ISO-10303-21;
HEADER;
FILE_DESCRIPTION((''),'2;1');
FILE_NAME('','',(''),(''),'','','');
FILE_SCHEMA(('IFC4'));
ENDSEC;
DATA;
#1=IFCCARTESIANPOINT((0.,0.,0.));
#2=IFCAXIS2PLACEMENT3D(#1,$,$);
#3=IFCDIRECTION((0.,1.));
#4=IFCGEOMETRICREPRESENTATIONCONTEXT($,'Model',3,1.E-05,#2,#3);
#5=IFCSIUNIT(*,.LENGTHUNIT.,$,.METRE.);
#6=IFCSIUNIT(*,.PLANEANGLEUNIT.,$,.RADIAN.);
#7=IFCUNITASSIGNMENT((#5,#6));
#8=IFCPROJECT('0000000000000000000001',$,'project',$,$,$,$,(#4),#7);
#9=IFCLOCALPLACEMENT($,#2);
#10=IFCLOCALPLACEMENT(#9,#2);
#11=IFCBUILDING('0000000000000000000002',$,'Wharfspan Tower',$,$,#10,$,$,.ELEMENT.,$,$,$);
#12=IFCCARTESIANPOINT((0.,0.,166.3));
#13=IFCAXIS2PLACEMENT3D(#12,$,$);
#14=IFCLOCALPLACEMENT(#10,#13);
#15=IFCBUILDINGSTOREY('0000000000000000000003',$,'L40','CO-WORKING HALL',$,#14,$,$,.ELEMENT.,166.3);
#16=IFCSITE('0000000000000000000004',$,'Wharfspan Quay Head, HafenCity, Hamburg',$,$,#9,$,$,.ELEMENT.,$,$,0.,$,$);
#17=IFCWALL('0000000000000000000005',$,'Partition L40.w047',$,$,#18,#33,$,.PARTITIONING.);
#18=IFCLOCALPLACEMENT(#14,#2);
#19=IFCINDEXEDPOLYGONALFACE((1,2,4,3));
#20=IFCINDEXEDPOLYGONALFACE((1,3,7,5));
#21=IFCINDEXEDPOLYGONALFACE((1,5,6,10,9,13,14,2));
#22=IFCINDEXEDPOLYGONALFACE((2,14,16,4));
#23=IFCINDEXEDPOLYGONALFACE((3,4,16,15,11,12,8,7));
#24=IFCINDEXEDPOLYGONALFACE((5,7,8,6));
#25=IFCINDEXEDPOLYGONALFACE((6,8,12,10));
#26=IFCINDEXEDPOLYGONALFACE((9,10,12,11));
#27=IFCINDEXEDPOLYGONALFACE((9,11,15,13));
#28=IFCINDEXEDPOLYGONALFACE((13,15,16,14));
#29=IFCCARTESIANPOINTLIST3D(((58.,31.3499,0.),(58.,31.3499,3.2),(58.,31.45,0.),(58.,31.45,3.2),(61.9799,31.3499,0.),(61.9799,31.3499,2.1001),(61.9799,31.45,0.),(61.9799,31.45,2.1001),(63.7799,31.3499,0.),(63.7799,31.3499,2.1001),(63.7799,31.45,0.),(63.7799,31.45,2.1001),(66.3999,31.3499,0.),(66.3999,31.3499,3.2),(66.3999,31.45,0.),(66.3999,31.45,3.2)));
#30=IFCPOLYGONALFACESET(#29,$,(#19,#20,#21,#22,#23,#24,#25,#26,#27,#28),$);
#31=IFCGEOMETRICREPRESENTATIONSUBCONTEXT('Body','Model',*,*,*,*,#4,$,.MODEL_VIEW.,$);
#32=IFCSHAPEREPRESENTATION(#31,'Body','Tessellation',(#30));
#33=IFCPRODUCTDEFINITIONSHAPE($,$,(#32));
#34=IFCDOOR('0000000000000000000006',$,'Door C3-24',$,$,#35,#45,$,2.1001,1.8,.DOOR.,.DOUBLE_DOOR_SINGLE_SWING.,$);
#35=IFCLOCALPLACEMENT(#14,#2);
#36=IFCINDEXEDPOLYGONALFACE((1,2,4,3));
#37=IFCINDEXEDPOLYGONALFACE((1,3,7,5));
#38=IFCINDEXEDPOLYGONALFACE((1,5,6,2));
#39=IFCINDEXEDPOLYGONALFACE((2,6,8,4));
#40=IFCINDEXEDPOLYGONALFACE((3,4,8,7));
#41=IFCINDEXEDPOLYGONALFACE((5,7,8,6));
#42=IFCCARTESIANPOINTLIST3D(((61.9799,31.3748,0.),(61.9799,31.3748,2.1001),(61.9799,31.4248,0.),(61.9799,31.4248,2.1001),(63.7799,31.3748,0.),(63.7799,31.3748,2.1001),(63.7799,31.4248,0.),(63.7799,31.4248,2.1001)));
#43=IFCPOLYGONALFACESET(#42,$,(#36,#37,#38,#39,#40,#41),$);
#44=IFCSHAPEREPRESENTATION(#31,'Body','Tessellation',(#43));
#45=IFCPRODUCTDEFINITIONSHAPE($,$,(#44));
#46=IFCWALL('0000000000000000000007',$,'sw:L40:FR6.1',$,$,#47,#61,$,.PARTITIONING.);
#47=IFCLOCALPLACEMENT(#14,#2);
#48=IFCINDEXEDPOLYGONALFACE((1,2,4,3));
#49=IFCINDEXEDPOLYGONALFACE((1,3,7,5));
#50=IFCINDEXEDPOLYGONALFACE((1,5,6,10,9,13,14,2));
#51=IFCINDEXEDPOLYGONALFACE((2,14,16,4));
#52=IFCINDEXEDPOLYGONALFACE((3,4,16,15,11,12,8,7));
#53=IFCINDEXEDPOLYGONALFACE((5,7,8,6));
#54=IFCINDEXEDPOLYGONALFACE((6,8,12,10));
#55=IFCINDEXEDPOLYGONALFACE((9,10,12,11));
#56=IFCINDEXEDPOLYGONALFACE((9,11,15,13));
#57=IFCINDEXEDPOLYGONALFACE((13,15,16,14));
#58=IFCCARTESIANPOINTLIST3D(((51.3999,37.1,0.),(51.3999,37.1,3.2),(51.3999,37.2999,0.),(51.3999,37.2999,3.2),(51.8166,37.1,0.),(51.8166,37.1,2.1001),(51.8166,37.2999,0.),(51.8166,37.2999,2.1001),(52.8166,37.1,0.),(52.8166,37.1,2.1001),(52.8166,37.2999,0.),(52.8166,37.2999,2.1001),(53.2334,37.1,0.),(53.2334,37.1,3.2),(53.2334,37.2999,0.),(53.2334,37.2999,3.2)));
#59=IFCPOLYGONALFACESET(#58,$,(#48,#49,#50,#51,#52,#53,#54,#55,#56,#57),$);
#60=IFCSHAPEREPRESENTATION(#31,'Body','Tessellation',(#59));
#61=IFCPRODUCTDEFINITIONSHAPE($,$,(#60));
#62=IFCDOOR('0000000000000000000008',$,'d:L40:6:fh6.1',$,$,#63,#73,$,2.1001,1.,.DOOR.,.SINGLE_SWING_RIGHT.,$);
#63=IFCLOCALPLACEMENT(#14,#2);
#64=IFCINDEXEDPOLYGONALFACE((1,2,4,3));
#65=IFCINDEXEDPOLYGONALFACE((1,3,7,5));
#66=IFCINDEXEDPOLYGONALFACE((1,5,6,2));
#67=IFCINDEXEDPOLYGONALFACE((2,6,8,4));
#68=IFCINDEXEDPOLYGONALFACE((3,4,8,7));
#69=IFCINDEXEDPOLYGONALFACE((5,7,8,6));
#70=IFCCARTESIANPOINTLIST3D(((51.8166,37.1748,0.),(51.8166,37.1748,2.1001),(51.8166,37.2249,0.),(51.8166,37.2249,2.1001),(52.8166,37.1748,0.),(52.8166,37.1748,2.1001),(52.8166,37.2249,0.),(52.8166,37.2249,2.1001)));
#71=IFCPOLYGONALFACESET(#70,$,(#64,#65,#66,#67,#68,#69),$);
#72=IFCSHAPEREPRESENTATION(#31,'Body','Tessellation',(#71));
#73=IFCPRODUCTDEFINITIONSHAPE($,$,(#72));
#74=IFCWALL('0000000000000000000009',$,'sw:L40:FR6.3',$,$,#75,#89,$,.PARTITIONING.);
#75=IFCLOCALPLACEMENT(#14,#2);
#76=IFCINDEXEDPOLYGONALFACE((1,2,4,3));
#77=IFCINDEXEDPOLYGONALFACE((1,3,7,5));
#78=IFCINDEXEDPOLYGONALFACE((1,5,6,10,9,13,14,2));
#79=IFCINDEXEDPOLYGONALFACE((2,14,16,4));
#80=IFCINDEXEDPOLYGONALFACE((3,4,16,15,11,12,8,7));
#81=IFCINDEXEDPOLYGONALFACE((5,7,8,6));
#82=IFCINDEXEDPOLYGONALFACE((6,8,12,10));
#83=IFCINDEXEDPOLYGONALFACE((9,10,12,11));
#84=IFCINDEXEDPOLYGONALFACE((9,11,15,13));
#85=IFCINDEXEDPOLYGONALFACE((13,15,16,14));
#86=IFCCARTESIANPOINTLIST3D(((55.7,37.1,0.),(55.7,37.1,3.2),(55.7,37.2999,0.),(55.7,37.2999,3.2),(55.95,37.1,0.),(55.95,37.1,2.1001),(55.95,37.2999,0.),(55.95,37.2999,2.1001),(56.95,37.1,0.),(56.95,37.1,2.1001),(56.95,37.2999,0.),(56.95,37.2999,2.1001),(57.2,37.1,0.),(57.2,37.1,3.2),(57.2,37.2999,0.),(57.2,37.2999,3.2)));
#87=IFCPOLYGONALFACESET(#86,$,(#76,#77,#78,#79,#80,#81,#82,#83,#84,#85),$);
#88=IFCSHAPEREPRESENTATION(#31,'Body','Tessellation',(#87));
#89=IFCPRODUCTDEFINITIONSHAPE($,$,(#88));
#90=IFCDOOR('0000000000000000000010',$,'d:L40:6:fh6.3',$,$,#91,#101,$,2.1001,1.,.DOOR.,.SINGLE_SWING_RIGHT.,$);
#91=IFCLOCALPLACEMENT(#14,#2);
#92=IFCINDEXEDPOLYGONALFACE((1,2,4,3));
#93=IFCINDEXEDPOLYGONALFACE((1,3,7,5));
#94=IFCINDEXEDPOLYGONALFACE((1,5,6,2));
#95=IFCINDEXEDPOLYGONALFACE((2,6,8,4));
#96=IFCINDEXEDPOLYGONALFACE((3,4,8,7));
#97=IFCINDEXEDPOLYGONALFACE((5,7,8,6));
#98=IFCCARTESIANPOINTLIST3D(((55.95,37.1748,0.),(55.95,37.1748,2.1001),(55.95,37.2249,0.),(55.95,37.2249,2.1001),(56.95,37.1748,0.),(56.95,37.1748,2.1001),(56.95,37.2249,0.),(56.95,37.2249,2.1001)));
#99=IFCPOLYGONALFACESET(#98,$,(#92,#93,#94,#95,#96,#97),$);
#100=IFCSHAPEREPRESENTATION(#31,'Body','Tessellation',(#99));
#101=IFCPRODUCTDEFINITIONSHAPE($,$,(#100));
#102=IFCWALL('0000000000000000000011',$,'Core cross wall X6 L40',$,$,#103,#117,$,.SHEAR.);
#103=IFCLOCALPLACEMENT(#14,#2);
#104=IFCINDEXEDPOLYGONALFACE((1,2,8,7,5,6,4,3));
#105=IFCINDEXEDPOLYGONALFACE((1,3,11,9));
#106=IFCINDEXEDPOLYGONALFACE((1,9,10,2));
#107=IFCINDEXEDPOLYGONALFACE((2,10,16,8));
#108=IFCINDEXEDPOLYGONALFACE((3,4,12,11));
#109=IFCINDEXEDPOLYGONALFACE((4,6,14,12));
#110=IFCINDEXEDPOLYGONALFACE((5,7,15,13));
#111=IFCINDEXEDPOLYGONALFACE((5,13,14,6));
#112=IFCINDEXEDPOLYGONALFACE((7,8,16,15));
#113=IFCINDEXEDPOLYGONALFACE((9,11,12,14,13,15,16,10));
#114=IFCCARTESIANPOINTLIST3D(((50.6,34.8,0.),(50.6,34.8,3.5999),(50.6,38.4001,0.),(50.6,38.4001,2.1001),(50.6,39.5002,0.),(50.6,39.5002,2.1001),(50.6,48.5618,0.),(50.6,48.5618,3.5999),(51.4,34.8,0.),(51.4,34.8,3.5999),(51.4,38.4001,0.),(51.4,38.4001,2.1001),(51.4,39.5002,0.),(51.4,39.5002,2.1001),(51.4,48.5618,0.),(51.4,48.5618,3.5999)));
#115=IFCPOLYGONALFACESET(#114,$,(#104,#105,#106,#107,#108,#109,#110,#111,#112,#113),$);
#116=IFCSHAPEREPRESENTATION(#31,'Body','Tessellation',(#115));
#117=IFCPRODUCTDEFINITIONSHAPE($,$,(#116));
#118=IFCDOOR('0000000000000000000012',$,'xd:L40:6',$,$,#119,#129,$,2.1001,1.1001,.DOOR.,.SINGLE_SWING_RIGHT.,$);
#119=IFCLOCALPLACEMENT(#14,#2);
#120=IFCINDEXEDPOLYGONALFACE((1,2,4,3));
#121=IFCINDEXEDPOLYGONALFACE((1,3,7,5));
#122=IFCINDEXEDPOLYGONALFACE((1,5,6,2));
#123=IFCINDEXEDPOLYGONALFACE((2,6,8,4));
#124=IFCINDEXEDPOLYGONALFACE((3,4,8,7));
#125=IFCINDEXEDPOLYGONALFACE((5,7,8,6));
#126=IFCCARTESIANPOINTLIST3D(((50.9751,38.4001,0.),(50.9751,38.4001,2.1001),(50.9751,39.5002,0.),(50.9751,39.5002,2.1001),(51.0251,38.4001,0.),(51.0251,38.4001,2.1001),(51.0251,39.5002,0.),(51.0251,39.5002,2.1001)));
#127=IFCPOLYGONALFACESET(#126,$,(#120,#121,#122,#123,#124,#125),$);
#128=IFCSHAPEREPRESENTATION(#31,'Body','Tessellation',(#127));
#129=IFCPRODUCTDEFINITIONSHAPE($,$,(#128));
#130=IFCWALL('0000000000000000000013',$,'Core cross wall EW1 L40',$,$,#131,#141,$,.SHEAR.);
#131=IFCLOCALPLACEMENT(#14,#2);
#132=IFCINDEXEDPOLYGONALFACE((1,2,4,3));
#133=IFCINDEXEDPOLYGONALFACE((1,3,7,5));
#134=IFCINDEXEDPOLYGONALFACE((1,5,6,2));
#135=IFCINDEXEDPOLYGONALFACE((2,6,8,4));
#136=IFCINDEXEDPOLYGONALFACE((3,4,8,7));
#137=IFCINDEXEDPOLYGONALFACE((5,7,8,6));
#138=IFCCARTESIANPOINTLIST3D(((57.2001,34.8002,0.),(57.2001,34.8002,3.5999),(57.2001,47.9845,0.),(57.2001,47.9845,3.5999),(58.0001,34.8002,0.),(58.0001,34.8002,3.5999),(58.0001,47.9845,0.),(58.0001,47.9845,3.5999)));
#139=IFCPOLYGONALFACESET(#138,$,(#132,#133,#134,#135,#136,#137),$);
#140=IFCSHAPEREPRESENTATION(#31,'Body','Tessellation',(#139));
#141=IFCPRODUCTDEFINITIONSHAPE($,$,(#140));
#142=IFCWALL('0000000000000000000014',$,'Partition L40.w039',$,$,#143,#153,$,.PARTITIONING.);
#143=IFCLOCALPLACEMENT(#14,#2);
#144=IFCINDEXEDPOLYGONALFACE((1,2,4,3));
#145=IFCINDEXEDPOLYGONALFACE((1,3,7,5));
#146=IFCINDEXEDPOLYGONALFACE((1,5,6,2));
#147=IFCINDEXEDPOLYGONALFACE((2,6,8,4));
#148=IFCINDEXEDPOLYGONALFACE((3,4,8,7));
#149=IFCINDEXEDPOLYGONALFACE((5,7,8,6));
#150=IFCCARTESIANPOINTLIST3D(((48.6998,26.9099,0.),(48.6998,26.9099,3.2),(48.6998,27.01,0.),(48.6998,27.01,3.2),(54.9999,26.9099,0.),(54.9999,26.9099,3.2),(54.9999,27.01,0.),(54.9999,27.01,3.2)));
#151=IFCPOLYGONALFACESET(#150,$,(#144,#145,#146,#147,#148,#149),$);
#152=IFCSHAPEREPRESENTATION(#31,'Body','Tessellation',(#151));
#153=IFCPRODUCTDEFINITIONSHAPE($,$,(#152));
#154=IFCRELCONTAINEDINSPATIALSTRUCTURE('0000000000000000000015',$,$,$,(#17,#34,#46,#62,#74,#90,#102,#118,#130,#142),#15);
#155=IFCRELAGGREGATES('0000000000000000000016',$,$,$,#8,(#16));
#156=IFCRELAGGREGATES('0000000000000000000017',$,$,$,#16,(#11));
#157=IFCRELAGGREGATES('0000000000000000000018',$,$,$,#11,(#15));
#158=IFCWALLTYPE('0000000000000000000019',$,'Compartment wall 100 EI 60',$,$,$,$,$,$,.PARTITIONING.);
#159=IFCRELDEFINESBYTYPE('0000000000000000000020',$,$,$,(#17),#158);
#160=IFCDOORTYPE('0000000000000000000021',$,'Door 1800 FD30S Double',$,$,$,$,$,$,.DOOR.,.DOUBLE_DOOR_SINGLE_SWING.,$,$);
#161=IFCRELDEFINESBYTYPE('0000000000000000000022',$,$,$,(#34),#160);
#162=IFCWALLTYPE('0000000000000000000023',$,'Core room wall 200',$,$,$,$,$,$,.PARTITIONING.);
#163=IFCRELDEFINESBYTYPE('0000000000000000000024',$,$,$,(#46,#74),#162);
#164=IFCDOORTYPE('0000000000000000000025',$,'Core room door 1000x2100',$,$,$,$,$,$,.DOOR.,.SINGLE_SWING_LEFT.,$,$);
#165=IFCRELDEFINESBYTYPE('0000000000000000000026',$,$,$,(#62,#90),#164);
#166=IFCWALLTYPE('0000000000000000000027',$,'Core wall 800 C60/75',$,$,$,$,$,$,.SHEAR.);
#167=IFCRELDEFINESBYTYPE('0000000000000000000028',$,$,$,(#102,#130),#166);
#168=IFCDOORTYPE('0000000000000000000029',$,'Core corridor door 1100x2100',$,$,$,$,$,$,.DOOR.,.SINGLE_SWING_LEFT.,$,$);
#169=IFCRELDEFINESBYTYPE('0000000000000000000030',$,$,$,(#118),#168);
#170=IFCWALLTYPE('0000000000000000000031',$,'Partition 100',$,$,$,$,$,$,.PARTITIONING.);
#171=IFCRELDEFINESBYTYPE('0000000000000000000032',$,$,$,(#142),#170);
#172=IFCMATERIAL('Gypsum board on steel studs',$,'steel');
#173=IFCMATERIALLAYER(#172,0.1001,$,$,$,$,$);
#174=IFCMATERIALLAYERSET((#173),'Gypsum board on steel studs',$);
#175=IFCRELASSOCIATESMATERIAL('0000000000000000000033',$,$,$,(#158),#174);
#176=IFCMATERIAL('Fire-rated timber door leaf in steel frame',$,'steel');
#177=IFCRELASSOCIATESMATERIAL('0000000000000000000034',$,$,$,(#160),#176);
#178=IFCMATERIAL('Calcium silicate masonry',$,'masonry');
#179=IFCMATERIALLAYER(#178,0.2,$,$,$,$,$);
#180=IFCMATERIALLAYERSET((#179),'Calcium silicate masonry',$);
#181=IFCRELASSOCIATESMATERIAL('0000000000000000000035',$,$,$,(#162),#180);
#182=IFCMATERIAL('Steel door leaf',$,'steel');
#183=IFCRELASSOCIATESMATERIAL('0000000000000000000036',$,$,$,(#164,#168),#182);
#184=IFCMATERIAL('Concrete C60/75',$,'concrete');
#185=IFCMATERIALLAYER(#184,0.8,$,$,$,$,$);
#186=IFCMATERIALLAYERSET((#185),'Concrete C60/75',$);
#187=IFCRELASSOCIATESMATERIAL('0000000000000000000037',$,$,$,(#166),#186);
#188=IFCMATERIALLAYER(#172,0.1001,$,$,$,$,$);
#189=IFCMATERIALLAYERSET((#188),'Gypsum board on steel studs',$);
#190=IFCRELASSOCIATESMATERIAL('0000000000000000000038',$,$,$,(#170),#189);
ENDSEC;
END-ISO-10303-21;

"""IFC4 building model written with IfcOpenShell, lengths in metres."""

from ifc_helpers import new_model, si_unit, direction, frame, frame_2d, origin, place, context, subcontext, project, spatial, rectangle, extrude, material, layer, layer_set, type_object, element, fill, save


model = new_model("IFC4")

# Units and contexts
model_context = context("Model", 3, precision=1e-05, world=origin(), true_north=direction((0.0, 1.0)))
body_context = subcontext(model_context, "Body", "Model", "MODEL_VIEW")
ifc_project = project(units=[si_unit("LENGTHUNIT", "METRE"), si_unit("PLANEANGLEUNIT", "RADIAN")], contexts=[model_context])

# Site, building, storey
site_placement = place(None, origin())
site = spatial("IfcSite", under=ifc_project, at=site_placement, Name="Wharfspan Quay Head, HafenCity, Hamburg", CompositionType="ELEMENT", RefElevation=0.0)
building_placement = place(site_placement, origin())
building = spatial("IfcBuilding", under=site, at=building_placement, Name="Wharfspan Tower", CompositionType="ELEMENT")
storey_placement = place(building_placement, frame((0.0, 0.0, 166.3)))
storey = spatial("IfcBuildingStorey", under=building, at=storey_placement, Name="L40", Description="CO-WORKING HALL", CompositionType="ELEMENT", Elevation=166.3)

# Shared definitions
ifc_material_1 = material(Name="Gypsum board on steel studs", Category="steel")
ifc_layer_1 = layer(ifc_material_1, 0.1001)
ifc_layer_set_1 = layer_set([ifc_layer_1], Name="Gypsum board on steel studs")
wall_type_1 = type_object("IfcWallType", Name="Compartment wall 100 EI 60", PredefinedType="PARTITIONING", material=ifc_layer_set_1)
ifc_material_2 = material(Name="Fire-rated timber door leaf in steel frame", Category="steel")

# Walls, openings, doors
wall_1_placement = place(storey_placement, frame((58.0, 31.3999, 0.0), z_axis=(0.0, 0.0, 1.0), x_axis=(1.0, 0.0, 0.0)))
wall_1 = element("IfcWall", 1, at=wall_1_placement, inside=storey, type_object=wall_type_1, Name="Partition L40.w047", PredefinedType="PARTITIONING", context=body_context, shape_type="SweptSolid", body=[
    extrude(rectangle(XDim=8.3999, YDim=0.1001, at=frame_2d((4.2, 0.0))), origin(), (0.0, 0.0, 1.0), 3.2),
])
opening_1_placement = place(wall_1_placement, frame((3.98, 0.0, 0.0)))
opening_1 = element("IfcOpeningElement", 2, at=opening_1_placement, cuts=wall_1, PredefinedType="OPENING", context=body_context, shape_type="SweptSolid", body=[
    extrude(rectangle(XDim=1.8, YDim=2.1001, at=frame_2d((0.8999, 1.05))), frame((0.0, 0.0601, 0.0), z_axis=(0.0, -1.0, 0.0), x_axis=(1.0, 0.0, 0.0)), (0.0, 0.0, 1.0), 0.1201),
])
door_type_1 = type_object("IfcDoorType", Name="Door 1800 FD30S Double", OperationType="DOUBLE_DOOR_SINGLE_SWING", PredefinedType="DOOR", material=ifc_material_2)
door_1_placement = place(opening_1_placement, origin())
door_1 = element("IfcDoor", 3, at=door_1_placement, inside=storey, type_object=door_type_1, Name="Door C3-24", OperationType="DOUBLE_DOOR_SINGLE_SWING", OverallHeight=2.1001, OverallWidth=1.8, PredefinedType="DOOR", context=body_context, shape_type="SweptSolid", body=[
    extrude(rectangle(XDim=1.8, YDim=2.1001, at=frame_2d((0.8999, 1.05))), frame((0.0, 0.0249, 0.0), z_axis=(0.0, -1.0, 0.0), x_axis=(1.0, 0.0, 0.0)), (0.0, 0.0, 1.0), 0.05),
])
fill(opening_1, door_1)
ifc_material_3 = material(Name="Calcium silicate masonry", Category="masonry")
ifc_layer_2 = layer(ifc_material_3, 0.2)
ifc_layer_set_2 = layer_set([ifc_layer_2], Name="Calcium silicate masonry")
wall_type_2 = type_object("IfcWallType", Name="Core room wall 200", PredefinedType="PARTITIONING", material=ifc_layer_set_2)
wall_2_placement = place(storey_placement, frame((51.3999, 37.2, 0.0), z_axis=(0.0, 0.0, 1.0), x_axis=(1.0, 0.0, 0.0)))
wall_2 = element("IfcWall", 4, at=wall_2_placement, inside=storey, type_object=wall_type_2, Name="sw:L40:FR6.1", PredefinedType="PARTITIONING", context=body_context, shape_type="SweptSolid", body=[
    extrude(rectangle(XDim=1.8335, YDim=0.2, at=frame_2d((0.9167, 0.0))), origin(), (0.0, 0.0, 1.0), 3.2),
])
opening_2_placement = place(wall_2_placement, frame((0.4167, 0.0, 0.0)))
opening_2 = element("IfcOpeningElement", 5, at=opening_2_placement, cuts=wall_2, PredefinedType="OPENING", context=body_context, shape_type="SweptSolid", body=[
    extrude(rectangle(XDim=1.0, YDim=2.1001, at=frame_2d((0.5, 1.05))), frame((0.0, 0.1099, 0.0), z_axis=(0.0, -1.0, 0.0), x_axis=(1.0, 0.0, 0.0)), (0.0, 0.0, 1.0), 0.22),
])
ifc_material_4 = material(Name="Steel door leaf", Category="steel")
door_type_2 = type_object("IfcDoorType", Name="Core room door 1000x2100", OperationType="SINGLE_SWING_LEFT", PredefinedType="DOOR", material=ifc_material_4)
door_2_placement = place(opening_2_placement, origin())
door_2 = element("IfcDoor", 6, at=door_2_placement, inside=storey, type_object=door_type_2, Name="d:L40:6:fh6.1", OperationType="SINGLE_SWING_RIGHT", OverallHeight=2.1001, OverallWidth=1.0, PredefinedType="DOOR", context=body_context, shape_type="SweptSolid", body=[
    extrude(rectangle(XDim=1.0, YDim=2.1001, at=frame_2d((0.5, 1.05))), frame((0.0, 0.0249, 0.0), z_axis=(0.0, -1.0, 0.0), x_axis=(1.0, 0.0, 0.0)), (0.0, 0.0, 1.0), 0.05),
])
fill(opening_2, door_2)
wall_3_placement = place(storey_placement, frame((55.7, 37.2, 0.0), z_axis=(0.0, 0.0, 1.0), x_axis=(1.0, 0.0, 0.0)))
wall_3 = element("IfcWall", 7, at=wall_3_placement, inside=storey, type_object=wall_type_2, Name="sw:L40:FR6.3", PredefinedType="PARTITIONING", context=body_context, shape_type="SweptSolid", body=[
    extrude(rectangle(XDim=1.5, YDim=0.2, at=frame_2d((0.75, 0.0))), origin(), (0.0, 0.0, 1.0), 3.2),
])
opening_3_placement = place(wall_3_placement, frame((0.25, 0.0, 0.0)))
opening_3 = element("IfcOpeningElement", 8, at=opening_3_placement, cuts=wall_3, PredefinedType="OPENING", context=body_context, shape_type="SweptSolid", body=[
    extrude(rectangle(XDim=1.0, YDim=2.1001, at=frame_2d((0.5, 1.05))), frame((0.0, 0.1099, 0.0), z_axis=(0.0, -1.0, 0.0), x_axis=(1.0, 0.0, 0.0)), (0.0, 0.0, 1.0), 0.22),
])
door_3_placement = place(opening_3_placement, origin())
door_3 = element("IfcDoor", 9, at=door_3_placement, inside=storey, type_object=door_type_2, Name="d:L40:6:fh6.3", OperationType="SINGLE_SWING_RIGHT", OverallHeight=2.1001, OverallWidth=1.0, PredefinedType="DOOR", context=body_context, shape_type="SweptSolid", body=[
    extrude(rectangle(XDim=1.0, YDim=2.1001, at=frame_2d((0.5, 1.05))), frame((0.0, 0.0249, 0.0), z_axis=(0.0, -1.0, 0.0), x_axis=(1.0, 0.0, 0.0)), (0.0, 0.0, 1.0), 0.05),
])
fill(opening_3, door_3)
ifc_material_5 = material(Name="Concrete C60/75", Category="concrete")
ifc_layer_3 = layer(ifc_material_5, 0.8)
ifc_layer_set_3 = layer_set([ifc_layer_3], Name="Concrete C60/75")
wall_type_3 = type_object("IfcWallType", Name="Core wall 800 C60/75", PredefinedType="SHEAR", material=ifc_layer_set_3)
wall_4_placement = place(storey_placement, frame((51.0, 34.8, 0.0), z_axis=(0.0, 0.0, 1.0), x_axis=(0.0, 1.0, 0.0)))
wall_4 = element("IfcWall", 10, at=wall_4_placement, inside=storey, type_object=wall_type_3, Name="Core cross wall X6 L40", PredefinedType="SHEAR", context=body_context, shape_type="SweptSolid", body=[
    extrude(rectangle(XDim=13.7617, YDim=0.8, at=frame_2d((6.8809, 0.0))), origin(), (0.0, 0.0, 1.0), 3.5999),
])
opening_4_placement = place(wall_4_placement, frame((3.6001, 0.0, 0.0)))
opening_4 = element("IfcOpeningElement", 11, at=opening_4_placement, cuts=wall_4, PredefinedType="OPENING", context=body_context, shape_type="SweptSolid", body=[
    extrude(rectangle(XDim=1.1001, YDim=2.1001, at=frame_2d((0.55, 1.05))), frame((0.0, 0.4099, 0.0), z_axis=(0.0, -1.0, 0.0), x_axis=(1.0, 0.0, 0.0)), (0.0, 0.0, 1.0), 0.8201),
])
door_type_3 = type_object("IfcDoorType", Name="Core corridor door 1100x2100", OperationType="SINGLE_SWING_LEFT", PredefinedType="DOOR", material=ifc_material_4)
door_4_placement = place(opening_4_placement, origin())
door_4 = element("IfcDoor", 12, at=door_4_placement, inside=storey, type_object=door_type_3, Name="xd:L40:6", OperationType="SINGLE_SWING_RIGHT", OverallHeight=2.1001, OverallWidth=1.1001, PredefinedType="DOOR", context=body_context, shape_type="SweptSolid", body=[
    extrude(rectangle(XDim=1.1001, YDim=2.1001, at=frame_2d((0.55, 1.05))), frame((0.0, 0.0249, 0.0), z_axis=(0.0, -1.0, 0.0), x_axis=(1.0, 0.0, 0.0)), (0.0, 0.0, 1.0), 0.05),
])
fill(opening_4, door_4)

# Walls
wall_5_placement = place(storey_placement, frame((57.6001, 34.8, 0.0), z_axis=(0.0, 0.0, 1.0), x_axis=(0.0, 1.0, 0.0)))
element("IfcWall", 13, at=wall_5_placement, inside=storey, type_object=wall_type_3, Name="Core cross wall EW1 L40", PredefinedType="SHEAR", context=body_context, shape_type="SweptSolid", body=[
    extrude(rectangle(XDim=13.1843, YDim=0.8, at=frame_2d((6.5923, 0.0))), origin(), (0.0, 0.0, 1.0), 3.5999),
])
ifc_layer_4 = layer(ifc_material_1, 0.1001)
ifc_layer_set_4 = layer_set([ifc_layer_4], Name="Gypsum board on steel studs")
wall_type_4 = type_object("IfcWallType", Name="Partition 100", PredefinedType="PARTITIONING", material=ifc_layer_set_4)
wall_6_placement = place(storey_placement, frame((48.7, 26.96, 0.0), z_axis=(0.0, 0.0, 1.0), x_axis=(1.0, 0.0, 0.0)))
element("IfcWall", 14, at=wall_6_placement, inside=storey, type_object=wall_type_4, Name="Partition L40.w039", PredefinedType="PARTITIONING", context=body_context, shape_type="SweptSolid", body=[
    extrude(rectangle(XDim=6.3, YDim=0.1001, at=frame_2d((3.1499, 0.0))), origin(), (0.0, 0.0, 1.0), 3.2),
])

save(model, "model.ifc")
